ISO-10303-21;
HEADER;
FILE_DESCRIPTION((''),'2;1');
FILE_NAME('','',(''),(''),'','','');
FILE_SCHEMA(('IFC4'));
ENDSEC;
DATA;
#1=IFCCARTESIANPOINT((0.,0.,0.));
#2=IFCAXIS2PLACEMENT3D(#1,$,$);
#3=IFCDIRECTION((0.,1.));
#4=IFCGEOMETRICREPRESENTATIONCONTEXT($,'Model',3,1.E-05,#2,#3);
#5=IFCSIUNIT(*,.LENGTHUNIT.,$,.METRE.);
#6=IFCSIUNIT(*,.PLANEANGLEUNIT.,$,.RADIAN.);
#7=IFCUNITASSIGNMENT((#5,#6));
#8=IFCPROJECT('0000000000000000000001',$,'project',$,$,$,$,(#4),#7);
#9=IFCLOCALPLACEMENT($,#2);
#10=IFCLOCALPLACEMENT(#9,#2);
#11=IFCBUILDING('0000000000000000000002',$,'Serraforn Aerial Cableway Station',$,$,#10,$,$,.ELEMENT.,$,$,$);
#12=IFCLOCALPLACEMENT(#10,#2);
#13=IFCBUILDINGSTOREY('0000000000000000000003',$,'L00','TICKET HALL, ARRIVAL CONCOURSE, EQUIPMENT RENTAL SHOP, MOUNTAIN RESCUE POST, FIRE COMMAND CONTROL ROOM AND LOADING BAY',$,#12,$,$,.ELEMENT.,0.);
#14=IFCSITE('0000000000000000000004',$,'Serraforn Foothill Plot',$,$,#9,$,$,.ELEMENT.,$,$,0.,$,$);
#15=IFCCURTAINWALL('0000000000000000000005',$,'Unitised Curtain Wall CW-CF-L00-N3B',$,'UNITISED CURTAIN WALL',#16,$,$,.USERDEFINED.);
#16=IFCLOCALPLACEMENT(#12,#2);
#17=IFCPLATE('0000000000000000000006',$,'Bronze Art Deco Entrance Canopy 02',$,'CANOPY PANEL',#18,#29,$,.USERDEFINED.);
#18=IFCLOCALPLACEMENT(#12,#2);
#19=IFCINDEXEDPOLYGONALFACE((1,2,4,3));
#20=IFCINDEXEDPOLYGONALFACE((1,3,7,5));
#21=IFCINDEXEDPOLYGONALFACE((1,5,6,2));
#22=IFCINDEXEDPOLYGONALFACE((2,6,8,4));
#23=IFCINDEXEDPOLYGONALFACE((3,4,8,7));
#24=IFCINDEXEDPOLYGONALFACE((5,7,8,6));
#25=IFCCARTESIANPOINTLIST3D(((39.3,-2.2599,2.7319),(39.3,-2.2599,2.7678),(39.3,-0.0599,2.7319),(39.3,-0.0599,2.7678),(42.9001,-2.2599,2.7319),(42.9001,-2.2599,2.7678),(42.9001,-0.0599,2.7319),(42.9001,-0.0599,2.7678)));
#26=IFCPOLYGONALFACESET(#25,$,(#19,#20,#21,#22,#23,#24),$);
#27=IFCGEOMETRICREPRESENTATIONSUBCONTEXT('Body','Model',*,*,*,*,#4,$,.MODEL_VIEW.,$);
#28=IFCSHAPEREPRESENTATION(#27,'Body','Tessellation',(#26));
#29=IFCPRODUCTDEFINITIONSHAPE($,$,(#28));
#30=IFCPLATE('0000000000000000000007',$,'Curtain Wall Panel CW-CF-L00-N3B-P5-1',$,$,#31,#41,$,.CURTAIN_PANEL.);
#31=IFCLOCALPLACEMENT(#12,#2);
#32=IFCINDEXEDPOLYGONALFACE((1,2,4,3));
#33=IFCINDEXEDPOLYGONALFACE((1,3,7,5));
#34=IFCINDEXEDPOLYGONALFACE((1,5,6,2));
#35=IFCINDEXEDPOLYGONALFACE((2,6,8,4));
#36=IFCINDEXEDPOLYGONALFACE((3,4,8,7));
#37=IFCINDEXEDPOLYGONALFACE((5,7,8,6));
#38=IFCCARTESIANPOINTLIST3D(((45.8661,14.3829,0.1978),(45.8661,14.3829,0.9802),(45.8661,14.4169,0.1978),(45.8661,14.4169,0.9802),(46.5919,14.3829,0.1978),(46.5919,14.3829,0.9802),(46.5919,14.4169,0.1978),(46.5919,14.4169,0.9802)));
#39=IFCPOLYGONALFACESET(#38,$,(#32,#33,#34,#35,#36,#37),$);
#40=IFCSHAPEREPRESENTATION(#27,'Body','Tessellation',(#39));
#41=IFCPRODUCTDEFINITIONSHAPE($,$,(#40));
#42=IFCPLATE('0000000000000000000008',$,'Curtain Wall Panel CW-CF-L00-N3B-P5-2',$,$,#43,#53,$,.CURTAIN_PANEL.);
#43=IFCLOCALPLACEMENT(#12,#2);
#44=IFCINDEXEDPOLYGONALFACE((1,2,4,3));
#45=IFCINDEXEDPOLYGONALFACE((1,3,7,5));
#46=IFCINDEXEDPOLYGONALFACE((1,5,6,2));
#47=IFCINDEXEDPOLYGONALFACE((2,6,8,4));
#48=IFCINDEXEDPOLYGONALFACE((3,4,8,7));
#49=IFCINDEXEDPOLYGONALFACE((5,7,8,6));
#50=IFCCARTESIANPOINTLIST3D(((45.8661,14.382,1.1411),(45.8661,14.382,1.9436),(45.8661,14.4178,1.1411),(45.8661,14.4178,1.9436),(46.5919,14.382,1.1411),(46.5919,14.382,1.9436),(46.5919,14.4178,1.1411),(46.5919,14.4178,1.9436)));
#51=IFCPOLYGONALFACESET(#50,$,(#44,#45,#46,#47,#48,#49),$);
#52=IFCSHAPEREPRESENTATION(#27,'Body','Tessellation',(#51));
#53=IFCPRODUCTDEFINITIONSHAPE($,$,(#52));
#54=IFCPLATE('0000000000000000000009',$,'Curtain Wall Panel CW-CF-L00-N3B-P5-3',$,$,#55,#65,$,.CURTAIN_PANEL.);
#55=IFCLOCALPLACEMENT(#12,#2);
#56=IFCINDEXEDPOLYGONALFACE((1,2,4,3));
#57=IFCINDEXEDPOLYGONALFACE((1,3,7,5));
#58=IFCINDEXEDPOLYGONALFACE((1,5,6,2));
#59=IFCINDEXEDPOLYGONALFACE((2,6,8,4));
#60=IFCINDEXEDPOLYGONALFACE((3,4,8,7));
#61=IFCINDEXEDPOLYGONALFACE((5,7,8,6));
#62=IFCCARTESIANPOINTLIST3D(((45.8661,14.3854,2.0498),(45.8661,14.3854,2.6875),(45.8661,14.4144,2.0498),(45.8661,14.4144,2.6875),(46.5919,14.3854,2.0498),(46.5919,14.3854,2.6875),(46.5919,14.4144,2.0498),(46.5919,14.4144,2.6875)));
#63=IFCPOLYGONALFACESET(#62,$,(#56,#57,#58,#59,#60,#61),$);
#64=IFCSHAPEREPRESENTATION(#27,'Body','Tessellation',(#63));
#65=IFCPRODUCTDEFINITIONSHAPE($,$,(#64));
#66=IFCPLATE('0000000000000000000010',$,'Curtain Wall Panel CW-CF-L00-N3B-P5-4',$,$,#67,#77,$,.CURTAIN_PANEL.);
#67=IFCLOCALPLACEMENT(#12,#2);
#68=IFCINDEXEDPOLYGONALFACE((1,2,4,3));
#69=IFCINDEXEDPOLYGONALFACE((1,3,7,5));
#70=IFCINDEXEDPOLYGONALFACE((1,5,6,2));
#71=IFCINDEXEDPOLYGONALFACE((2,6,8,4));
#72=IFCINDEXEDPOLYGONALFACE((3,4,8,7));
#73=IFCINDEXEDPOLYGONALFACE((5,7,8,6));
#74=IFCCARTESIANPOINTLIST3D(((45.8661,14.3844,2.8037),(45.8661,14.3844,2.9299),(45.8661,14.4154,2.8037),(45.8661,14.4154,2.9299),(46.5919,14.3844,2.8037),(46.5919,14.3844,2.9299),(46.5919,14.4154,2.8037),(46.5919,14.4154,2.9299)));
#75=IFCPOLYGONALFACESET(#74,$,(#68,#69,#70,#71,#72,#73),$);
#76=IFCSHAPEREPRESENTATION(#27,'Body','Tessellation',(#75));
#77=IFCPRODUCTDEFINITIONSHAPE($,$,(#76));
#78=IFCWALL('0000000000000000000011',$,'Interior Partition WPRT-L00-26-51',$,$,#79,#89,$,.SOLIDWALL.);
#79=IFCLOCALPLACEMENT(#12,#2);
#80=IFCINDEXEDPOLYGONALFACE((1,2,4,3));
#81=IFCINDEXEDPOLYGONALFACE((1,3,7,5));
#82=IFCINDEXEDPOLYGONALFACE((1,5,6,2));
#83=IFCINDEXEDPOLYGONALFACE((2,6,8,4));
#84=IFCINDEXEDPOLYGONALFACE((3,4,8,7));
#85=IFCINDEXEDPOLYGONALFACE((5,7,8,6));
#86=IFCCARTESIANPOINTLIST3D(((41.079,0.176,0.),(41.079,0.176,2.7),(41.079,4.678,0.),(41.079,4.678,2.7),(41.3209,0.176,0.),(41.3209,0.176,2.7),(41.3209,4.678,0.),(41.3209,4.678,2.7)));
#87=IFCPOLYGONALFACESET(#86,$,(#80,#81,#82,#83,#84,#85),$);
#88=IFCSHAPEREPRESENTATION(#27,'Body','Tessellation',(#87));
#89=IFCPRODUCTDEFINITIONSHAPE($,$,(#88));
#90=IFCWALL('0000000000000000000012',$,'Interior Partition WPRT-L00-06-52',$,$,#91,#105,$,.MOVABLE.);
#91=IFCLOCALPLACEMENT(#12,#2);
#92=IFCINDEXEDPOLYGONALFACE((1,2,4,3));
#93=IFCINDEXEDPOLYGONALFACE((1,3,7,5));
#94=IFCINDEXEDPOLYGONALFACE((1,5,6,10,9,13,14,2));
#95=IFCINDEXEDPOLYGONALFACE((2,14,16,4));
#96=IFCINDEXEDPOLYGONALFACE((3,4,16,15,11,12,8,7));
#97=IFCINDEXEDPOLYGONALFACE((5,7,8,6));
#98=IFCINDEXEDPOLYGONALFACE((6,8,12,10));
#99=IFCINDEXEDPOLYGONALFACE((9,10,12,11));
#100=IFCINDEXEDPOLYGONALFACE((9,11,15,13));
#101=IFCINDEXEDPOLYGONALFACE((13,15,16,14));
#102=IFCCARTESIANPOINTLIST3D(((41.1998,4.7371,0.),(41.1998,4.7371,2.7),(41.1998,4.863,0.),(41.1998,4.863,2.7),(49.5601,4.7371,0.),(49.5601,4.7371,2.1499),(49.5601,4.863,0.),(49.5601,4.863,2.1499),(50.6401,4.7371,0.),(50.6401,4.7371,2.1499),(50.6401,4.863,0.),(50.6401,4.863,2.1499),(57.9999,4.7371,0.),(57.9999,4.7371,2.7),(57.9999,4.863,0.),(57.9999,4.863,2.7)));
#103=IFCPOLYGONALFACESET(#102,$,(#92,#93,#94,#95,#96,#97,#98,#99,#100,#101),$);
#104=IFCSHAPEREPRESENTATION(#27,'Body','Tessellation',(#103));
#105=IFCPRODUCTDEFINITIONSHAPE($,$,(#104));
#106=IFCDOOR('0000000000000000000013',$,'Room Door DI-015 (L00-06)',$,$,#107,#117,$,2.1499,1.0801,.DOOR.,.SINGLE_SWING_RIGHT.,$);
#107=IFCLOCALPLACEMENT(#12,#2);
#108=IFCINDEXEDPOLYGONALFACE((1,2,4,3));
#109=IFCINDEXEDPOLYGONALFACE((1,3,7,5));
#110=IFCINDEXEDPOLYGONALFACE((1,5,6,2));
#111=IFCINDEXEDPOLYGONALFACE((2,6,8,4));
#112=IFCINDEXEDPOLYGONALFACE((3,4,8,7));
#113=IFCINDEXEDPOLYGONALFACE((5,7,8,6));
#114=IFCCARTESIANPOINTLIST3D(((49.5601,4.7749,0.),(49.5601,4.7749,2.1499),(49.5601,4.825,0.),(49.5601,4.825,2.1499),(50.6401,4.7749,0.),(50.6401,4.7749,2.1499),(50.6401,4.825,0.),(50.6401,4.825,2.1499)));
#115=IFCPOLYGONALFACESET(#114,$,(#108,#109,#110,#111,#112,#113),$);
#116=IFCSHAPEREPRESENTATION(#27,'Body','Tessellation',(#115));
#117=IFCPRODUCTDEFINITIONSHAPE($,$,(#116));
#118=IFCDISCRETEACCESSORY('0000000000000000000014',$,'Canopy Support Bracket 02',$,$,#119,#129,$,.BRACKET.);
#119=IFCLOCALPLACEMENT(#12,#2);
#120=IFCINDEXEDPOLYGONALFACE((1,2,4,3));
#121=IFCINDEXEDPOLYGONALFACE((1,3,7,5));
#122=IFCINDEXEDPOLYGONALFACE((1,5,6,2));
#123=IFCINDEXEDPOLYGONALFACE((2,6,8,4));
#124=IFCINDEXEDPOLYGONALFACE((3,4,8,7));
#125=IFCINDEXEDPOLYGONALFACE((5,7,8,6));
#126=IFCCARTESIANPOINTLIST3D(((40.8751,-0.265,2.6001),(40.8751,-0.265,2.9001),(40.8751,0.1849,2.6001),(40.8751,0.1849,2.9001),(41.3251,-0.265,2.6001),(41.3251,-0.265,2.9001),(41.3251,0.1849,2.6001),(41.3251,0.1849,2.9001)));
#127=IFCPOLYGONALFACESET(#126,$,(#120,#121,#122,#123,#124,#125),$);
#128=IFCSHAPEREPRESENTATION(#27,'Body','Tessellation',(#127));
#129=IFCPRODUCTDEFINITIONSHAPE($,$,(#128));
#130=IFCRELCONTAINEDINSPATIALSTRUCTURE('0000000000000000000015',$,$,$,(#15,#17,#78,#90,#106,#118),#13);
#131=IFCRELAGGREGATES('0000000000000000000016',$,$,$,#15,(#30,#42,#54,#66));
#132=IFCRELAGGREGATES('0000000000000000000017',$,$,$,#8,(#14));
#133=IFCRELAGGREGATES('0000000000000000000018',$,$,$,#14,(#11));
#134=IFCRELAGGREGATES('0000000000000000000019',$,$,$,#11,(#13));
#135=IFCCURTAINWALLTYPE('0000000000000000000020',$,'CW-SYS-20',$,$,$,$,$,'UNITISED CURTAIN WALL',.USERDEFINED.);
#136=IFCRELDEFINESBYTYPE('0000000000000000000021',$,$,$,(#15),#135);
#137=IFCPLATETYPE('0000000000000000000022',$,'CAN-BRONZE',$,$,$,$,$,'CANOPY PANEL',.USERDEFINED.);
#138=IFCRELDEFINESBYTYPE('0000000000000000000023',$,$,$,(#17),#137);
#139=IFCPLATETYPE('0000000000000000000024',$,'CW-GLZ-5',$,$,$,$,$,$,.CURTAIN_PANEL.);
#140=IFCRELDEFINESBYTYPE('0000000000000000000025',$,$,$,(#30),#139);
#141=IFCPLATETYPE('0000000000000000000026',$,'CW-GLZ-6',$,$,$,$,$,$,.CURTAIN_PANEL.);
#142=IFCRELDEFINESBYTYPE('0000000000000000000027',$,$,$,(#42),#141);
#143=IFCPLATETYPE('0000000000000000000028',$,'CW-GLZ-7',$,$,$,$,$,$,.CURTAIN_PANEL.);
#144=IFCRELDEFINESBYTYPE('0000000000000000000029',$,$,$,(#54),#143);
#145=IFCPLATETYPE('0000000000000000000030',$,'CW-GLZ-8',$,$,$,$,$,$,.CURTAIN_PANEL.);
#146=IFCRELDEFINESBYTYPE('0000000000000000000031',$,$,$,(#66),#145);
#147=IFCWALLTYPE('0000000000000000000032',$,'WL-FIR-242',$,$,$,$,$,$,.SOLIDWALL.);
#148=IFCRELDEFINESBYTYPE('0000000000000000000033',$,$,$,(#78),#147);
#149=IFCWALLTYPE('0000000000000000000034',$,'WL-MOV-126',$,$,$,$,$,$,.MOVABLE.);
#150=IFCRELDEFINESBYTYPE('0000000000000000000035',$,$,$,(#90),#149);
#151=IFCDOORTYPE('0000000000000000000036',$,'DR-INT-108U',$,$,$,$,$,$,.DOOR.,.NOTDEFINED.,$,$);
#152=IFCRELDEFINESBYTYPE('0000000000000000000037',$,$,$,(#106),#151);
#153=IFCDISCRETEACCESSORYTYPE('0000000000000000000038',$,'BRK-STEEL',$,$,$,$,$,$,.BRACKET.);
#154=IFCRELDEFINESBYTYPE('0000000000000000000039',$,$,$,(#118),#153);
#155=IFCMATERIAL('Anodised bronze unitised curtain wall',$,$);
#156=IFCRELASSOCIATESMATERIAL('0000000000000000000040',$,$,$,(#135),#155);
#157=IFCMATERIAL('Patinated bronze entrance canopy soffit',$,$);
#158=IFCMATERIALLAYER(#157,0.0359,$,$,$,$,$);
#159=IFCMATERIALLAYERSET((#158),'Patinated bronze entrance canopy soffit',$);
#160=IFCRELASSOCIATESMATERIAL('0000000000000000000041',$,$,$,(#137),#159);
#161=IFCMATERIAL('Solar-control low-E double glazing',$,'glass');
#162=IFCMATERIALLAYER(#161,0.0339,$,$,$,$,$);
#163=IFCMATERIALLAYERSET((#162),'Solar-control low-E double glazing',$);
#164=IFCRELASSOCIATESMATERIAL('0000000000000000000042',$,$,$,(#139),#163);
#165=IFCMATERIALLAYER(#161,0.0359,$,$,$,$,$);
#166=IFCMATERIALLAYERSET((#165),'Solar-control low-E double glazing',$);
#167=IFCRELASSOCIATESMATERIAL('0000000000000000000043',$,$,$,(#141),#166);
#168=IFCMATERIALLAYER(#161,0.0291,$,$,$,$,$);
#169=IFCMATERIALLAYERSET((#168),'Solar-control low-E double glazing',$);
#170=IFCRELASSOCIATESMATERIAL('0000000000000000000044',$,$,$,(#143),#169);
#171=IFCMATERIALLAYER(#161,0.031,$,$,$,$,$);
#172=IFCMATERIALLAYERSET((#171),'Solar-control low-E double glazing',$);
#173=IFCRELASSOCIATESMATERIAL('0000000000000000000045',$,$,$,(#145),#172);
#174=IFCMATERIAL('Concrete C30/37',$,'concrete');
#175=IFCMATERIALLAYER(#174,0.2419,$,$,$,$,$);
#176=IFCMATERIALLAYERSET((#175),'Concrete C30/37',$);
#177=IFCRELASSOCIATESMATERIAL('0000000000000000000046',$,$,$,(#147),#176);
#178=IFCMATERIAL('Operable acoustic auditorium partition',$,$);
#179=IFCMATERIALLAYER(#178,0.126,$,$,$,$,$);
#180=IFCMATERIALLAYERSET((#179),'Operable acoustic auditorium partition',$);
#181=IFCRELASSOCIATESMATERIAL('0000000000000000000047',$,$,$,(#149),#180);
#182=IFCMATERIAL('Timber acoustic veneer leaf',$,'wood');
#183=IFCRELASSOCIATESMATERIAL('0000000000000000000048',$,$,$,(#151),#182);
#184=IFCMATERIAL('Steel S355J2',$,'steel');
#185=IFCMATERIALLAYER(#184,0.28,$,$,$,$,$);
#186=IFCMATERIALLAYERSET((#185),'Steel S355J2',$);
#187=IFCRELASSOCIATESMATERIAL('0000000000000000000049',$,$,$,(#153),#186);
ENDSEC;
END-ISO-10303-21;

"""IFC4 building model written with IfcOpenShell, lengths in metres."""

from ifc_helpers import new_model, si_unit, direction, frame, frame_2d, origin, origin_2d, place, context, subcontext, project, spatial, rectangle, extrude, material, layer, layer_set, type_object, element, fill, aggregate, save


model = new_model("IFC4")

# Units and contexts
model_context = context("Model", 3, precision=1e-05, world=origin(), true_north=direction((0.0, 1.0)))
body_context = subcontext(model_context, "Body", "Model", "MODEL_VIEW")
ifc_project = project(units=[si_unit("LENGTHUNIT", "METRE"), si_unit("PLANEANGLEUNIT", "RADIAN")], contexts=[model_context])

# Site, building, storey
site_placement = place(None, origin())
site = spatial("IfcSite", under=ifc_project, at=site_placement, Name="Serraforn Foothill Plot", CompositionType="ELEMENT", RefElevation=0.0)
building_placement = place(site_placement, origin())
building = spatial("IfcBuilding", under=site, at=building_placement, Name="Serraforn Aerial Cableway Station", CompositionType="ELEMENT")
storey_placement = place(building_placement, origin())
storey = spatial("IfcBuildingStorey", under=building, at=storey_placement, Name="L00", Description="TICKET HALL, ARRIVAL CONCOURSE, EQUIPMENT RENTAL SHOP, MOUNTAIN RESCUE POST, FIRE COMMAND CONTROL ROOM AND LOADING BAY", CompositionType="ELEMENT", Elevation=0.0)

# Shared definitions
ifc_material_1 = material(Name="Steel S355J2", Category="steel")

# Curtain wall
ifc_material_2 = material(Name="Anodised bronze unitised curtain wall")
curtain_wall_type = type_object("IfcCurtainWallType", Name="CW-SYS-20", ElementType="UNITISED CURTAIN WALL", PredefinedType="USERDEFINED", material=ifc_material_2)
curtain_wall_placement = place(storey_placement, origin())
curtain_wall = element("IfcCurtainWall", 1, at=curtain_wall_placement, inside=storey, type_object=curtain_wall_type, Name="Unitised Curtain Wall CW-CF-L00-N3B", ObjectType="UNITISED CURTAIN WALL", PredefinedType="USERDEFINED")

# Plates
ifc_material_3 = material(Name="Patinated bronze entrance canopy soffit")
ifc_layer_1 = layer(ifc_material_3, 0.0359)
ifc_layer_set_1 = layer_set([ifc_layer_1], Name="Patinated bronze entrance canopy soffit")
plate_type_1 = type_object("IfcPlateType", Name="CAN-BRONZE", ElementType="CANOPY PANEL", PredefinedType="USERDEFINED", material=ifc_layer_set_1)
plate_1_placement = place(storey_placement, frame((41.1001, -1.1599, 2.7319), z_axis=(0.0, 0.0, 1.0), x_axis=(1.0, 0.0, 0.0)))
element("IfcPlate", 2, at=plate_1_placement, inside=storey, type_object=plate_type_1, Name="Bronze Art Deco Entrance Canopy 02", ObjectType="CANOPY PANEL", PredefinedType="USERDEFINED", context=body_context, shape_type="SweptSolid", body=[
    extrude(rectangle(XDim=3.6001, YDim=2.2, at=origin_2d()), origin(), (0.0, 0.0, 1.0), 0.0359),
])
ifc_material_4 = material(Name="Solar-control low-E double glazing", Category="glass")
ifc_layer_2 = layer(ifc_material_4, 0.0339)
ifc_layer_set_2 = layer_set([ifc_layer_2], Name="Solar-control low-E double glazing")
plate_type_2 = type_object("IfcPlateType", Name="CW-GLZ-5", PredefinedType="CURTAIN_PANEL", material=ifc_layer_set_2)
plate_2_placement = place(storey_placement, frame((46.229, 14.3999, 0.1978), z_axis=(0.0, 0.0, 1.0), x_axis=(1.0, 0.0, 0.0)))
plate_2 = element("IfcPlate", 3, at=plate_2_placement, type_object=plate_type_2, Name="Curtain Wall Panel CW-CF-L00-N3B-P5-1", PredefinedType="CURTAIN_PANEL", context=body_context, shape_type="SweptSolid", body=[
    extrude(rectangle(XDim=0.7258, YDim=0.0339, at=origin_2d()), origin(), (0.0, 0.0, 1.0), 0.7825),
])
ifc_layer_3 = layer(ifc_material_4, 0.0359)
ifc_layer_set_3 = layer_set([ifc_layer_3], Name="Solar-control low-E double glazing")
plate_type_3 = type_object("IfcPlateType", Name="CW-GLZ-6", PredefinedType="CURTAIN_PANEL", material=ifc_layer_set_3)
plate_3_placement = place(storey_placement, frame((46.229, 14.3999, 1.1411), z_axis=(0.0, 0.0, 1.0), x_axis=(1.0, 0.0, 0.0)))
plate_3 = element("IfcPlate", 4, at=plate_3_placement, type_object=plate_type_3, Name="Curtain Wall Panel CW-CF-L00-N3B-P5-2", PredefinedType="CURTAIN_PANEL", context=body_context, shape_type="SweptSolid", body=[
    extrude(rectangle(XDim=0.7258, YDim=0.0359, at=origin_2d()), origin(), (0.0, 0.0, 1.0), 0.8025),
])
ifc_layer_4 = layer(ifc_material_4, 0.0291)
ifc_layer_set_4 = layer_set([ifc_layer_4], Name="Solar-control low-E double glazing")
plate_type_4 = type_object("IfcPlateType", Name="CW-GLZ-7", PredefinedType="CURTAIN_PANEL", material=ifc_layer_set_4)
plate_4_placement = place(storey_placement, frame((46.229, 14.3999, 2.0498), z_axis=(0.0, 0.0, 1.0), x_axis=(1.0, 0.0, 0.0)))
plate_4 = element("IfcPlate", 5, at=plate_4_placement, type_object=plate_type_4, Name="Curtain Wall Panel CW-CF-L00-N3B-P5-3", PredefinedType="CURTAIN_PANEL", context=body_context, shape_type="SweptSolid", body=[
    extrude(rectangle(XDim=0.7258, YDim=0.0291, at=origin_2d()), origin(), (0.0, 0.0, 1.0), 0.6377),
])
ifc_layer_5 = layer(ifc_material_4, 0.031)
ifc_layer_set_5 = layer_set([ifc_layer_5], Name="Solar-control low-E double glazing")
plate_type_5 = type_object("IfcPlateType", Name="CW-GLZ-8", PredefinedType="CURTAIN_PANEL", material=ifc_layer_set_5)
plate_5_placement = place(storey_placement, frame((46.229, 14.3999, 2.8037), z_axis=(0.0, 0.0, 1.0), x_axis=(1.0, 0.0, 0.0)))
plate_5 = element("IfcPlate", 6, at=plate_5_placement, type_object=plate_type_5, Name="Curtain Wall Panel CW-CF-L00-N3B-P5-4", PredefinedType="CURTAIN_PANEL", context=body_context, shape_type="SweptSolid", body=[
    extrude(rectangle(XDim=0.7258, YDim=0.031, at=origin_2d()), origin(), (0.0, 0.0, 1.0), 0.1262),
])
aggregate(curtain_wall, [plate_2, plate_3, plate_4, plate_5])

# Wall
ifc_material_5 = material(Name="Concrete C30/37", Category="concrete")
ifc_layer_6 = layer(ifc_material_5, 0.2419)
ifc_layer_set_6 = layer_set([ifc_layer_6], Name="Concrete C30/37")
wall_type_1 = type_object("IfcWallType", Name="WL-FIR-242", PredefinedType="SOLIDWALL", material=ifc_layer_set_6)
wall_1_placement = place(storey_placement, frame((41.2, 4.678, 0.0), z_axis=(0.0, 0.0, 1.0), x_axis=(0.0, -1.0, 0.0)))
element("IfcWall", 7, at=wall_1_placement, inside=storey, type_object=wall_type_1, Name="Interior Partition WPRT-L00-26-51", PredefinedType="SOLIDWALL", context=body_context, shape_type="SweptSolid", body=[
    extrude(rectangle(XDim=4.502, YDim=0.2419, at=frame_2d((2.251, 0.0))), origin(), (0.0, 0.0, 1.0), 2.7),
])

# Wall, opening, door
ifc_material_6 = material(Name="Operable acoustic auditorium partition")
ifc_layer_7 = layer(ifc_material_6, 0.126)
ifc_layer_set_7 = layer_set([ifc_layer_7], Name="Operable acoustic auditorium partition")
wall_type_2 = type_object("IfcWallType", Name="WL-MOV-126", PredefinedType="MOVABLE", material=ifc_layer_set_7)
wall_2_placement = place(storey_placement, frame((41.2, 4.8, 0.0), z_axis=(0.0, 0.0, 1.0), x_axis=(1.0, 0.0, 0.0)))
wall_2 = element("IfcWall", 8, at=wall_2_placement, inside=storey, type_object=wall_type_2, Name="Interior Partition WPRT-L00-06-52", PredefinedType="MOVABLE", context=body_context, shape_type="SweptSolid", body=[
    extrude(rectangle(XDim=16.8, YDim=0.126, at=frame_2d((8.3999, 0.0))), origin(), (0.0, 0.0, 1.0), 2.7),
])
opening_1_placement = place(wall_2_placement, frame((8.3601, 0.0, 0.0)))
opening_1 = element("IfcOpeningElement", 9, at=opening_1_placement, cuts=wall_2, PredefinedType="OPENING", context=body_context, shape_type="SweptSolid", body=[
    extrude(rectangle(XDim=1.0801, YDim=2.1499, at=frame_2d((0.54, 1.075))), frame((0.0, 0.073, 0.0), z_axis=(0.0, -1.0, 0.0), x_axis=(1.0, 0.0, 0.0)), (0.0, 0.0, 1.0), 0.146),
])
ifc_material_7 = material(Name="Timber acoustic veneer leaf", Category="wood")
door_type_1 = type_object("IfcDoorType", Name="DR-INT-108U", OperationType="NOTDEFINED", PredefinedType="DOOR", material=ifc_material_7)
door_1_placement = place(opening_1_placement, origin())
door_1 = element("IfcDoor", 10, at=door_1_placement, inside=storey, type_object=door_type_1, Name="Room Door DI-015 (L00-06)", OperationType="SINGLE_SWING_RIGHT", OverallHeight=2.1499, OverallWidth=1.0801, PredefinedType="DOOR", context=body_context, shape_type="SweptSolid", body=[
    extrude(rectangle(XDim=1.0801, YDim=2.1499, at=frame_2d((0.54, 1.075))), frame((0.0, 0.0249, 0.0), z_axis=(0.0, -1.0, 0.0), x_axis=(1.0, 0.0, 0.0)), (0.0, 0.0, 1.0), 0.05),
])
fill(opening_1, door_1)

# Discrete accessory
ifc_layer_8 = layer(ifc_material_1, 0.28)
ifc_layer_set_8 = layer_set([ifc_layer_8], Name="Steel S355J2")
discrete_accessory_type = type_object("IfcDiscreteAccessoryType", Name="BRK-STEEL", PredefinedType="BRACKET", material=ifc_layer_set_8)
discrete_accessory_placement = place(storey_placement, frame((41.1001, -0.04, 2.6001), z_axis=(0.0, 0.0, 1.0), x_axis=(1.0, 0.0, 0.0)))
element("IfcDiscreteAccessory", 11, at=discrete_accessory_placement, inside=storey, type_object=discrete_accessory_type, Name="Canopy Support Bracket 02", PredefinedType="BRACKET", context=body_context, shape_type="SweptSolid", body=[
    extrude(rectangle(XDim=0.45, YDim=0.45, at=origin_2d()), origin(), (0.0, 0.0, 1.0), 0.3),
])

save(model, "model.ifc")
